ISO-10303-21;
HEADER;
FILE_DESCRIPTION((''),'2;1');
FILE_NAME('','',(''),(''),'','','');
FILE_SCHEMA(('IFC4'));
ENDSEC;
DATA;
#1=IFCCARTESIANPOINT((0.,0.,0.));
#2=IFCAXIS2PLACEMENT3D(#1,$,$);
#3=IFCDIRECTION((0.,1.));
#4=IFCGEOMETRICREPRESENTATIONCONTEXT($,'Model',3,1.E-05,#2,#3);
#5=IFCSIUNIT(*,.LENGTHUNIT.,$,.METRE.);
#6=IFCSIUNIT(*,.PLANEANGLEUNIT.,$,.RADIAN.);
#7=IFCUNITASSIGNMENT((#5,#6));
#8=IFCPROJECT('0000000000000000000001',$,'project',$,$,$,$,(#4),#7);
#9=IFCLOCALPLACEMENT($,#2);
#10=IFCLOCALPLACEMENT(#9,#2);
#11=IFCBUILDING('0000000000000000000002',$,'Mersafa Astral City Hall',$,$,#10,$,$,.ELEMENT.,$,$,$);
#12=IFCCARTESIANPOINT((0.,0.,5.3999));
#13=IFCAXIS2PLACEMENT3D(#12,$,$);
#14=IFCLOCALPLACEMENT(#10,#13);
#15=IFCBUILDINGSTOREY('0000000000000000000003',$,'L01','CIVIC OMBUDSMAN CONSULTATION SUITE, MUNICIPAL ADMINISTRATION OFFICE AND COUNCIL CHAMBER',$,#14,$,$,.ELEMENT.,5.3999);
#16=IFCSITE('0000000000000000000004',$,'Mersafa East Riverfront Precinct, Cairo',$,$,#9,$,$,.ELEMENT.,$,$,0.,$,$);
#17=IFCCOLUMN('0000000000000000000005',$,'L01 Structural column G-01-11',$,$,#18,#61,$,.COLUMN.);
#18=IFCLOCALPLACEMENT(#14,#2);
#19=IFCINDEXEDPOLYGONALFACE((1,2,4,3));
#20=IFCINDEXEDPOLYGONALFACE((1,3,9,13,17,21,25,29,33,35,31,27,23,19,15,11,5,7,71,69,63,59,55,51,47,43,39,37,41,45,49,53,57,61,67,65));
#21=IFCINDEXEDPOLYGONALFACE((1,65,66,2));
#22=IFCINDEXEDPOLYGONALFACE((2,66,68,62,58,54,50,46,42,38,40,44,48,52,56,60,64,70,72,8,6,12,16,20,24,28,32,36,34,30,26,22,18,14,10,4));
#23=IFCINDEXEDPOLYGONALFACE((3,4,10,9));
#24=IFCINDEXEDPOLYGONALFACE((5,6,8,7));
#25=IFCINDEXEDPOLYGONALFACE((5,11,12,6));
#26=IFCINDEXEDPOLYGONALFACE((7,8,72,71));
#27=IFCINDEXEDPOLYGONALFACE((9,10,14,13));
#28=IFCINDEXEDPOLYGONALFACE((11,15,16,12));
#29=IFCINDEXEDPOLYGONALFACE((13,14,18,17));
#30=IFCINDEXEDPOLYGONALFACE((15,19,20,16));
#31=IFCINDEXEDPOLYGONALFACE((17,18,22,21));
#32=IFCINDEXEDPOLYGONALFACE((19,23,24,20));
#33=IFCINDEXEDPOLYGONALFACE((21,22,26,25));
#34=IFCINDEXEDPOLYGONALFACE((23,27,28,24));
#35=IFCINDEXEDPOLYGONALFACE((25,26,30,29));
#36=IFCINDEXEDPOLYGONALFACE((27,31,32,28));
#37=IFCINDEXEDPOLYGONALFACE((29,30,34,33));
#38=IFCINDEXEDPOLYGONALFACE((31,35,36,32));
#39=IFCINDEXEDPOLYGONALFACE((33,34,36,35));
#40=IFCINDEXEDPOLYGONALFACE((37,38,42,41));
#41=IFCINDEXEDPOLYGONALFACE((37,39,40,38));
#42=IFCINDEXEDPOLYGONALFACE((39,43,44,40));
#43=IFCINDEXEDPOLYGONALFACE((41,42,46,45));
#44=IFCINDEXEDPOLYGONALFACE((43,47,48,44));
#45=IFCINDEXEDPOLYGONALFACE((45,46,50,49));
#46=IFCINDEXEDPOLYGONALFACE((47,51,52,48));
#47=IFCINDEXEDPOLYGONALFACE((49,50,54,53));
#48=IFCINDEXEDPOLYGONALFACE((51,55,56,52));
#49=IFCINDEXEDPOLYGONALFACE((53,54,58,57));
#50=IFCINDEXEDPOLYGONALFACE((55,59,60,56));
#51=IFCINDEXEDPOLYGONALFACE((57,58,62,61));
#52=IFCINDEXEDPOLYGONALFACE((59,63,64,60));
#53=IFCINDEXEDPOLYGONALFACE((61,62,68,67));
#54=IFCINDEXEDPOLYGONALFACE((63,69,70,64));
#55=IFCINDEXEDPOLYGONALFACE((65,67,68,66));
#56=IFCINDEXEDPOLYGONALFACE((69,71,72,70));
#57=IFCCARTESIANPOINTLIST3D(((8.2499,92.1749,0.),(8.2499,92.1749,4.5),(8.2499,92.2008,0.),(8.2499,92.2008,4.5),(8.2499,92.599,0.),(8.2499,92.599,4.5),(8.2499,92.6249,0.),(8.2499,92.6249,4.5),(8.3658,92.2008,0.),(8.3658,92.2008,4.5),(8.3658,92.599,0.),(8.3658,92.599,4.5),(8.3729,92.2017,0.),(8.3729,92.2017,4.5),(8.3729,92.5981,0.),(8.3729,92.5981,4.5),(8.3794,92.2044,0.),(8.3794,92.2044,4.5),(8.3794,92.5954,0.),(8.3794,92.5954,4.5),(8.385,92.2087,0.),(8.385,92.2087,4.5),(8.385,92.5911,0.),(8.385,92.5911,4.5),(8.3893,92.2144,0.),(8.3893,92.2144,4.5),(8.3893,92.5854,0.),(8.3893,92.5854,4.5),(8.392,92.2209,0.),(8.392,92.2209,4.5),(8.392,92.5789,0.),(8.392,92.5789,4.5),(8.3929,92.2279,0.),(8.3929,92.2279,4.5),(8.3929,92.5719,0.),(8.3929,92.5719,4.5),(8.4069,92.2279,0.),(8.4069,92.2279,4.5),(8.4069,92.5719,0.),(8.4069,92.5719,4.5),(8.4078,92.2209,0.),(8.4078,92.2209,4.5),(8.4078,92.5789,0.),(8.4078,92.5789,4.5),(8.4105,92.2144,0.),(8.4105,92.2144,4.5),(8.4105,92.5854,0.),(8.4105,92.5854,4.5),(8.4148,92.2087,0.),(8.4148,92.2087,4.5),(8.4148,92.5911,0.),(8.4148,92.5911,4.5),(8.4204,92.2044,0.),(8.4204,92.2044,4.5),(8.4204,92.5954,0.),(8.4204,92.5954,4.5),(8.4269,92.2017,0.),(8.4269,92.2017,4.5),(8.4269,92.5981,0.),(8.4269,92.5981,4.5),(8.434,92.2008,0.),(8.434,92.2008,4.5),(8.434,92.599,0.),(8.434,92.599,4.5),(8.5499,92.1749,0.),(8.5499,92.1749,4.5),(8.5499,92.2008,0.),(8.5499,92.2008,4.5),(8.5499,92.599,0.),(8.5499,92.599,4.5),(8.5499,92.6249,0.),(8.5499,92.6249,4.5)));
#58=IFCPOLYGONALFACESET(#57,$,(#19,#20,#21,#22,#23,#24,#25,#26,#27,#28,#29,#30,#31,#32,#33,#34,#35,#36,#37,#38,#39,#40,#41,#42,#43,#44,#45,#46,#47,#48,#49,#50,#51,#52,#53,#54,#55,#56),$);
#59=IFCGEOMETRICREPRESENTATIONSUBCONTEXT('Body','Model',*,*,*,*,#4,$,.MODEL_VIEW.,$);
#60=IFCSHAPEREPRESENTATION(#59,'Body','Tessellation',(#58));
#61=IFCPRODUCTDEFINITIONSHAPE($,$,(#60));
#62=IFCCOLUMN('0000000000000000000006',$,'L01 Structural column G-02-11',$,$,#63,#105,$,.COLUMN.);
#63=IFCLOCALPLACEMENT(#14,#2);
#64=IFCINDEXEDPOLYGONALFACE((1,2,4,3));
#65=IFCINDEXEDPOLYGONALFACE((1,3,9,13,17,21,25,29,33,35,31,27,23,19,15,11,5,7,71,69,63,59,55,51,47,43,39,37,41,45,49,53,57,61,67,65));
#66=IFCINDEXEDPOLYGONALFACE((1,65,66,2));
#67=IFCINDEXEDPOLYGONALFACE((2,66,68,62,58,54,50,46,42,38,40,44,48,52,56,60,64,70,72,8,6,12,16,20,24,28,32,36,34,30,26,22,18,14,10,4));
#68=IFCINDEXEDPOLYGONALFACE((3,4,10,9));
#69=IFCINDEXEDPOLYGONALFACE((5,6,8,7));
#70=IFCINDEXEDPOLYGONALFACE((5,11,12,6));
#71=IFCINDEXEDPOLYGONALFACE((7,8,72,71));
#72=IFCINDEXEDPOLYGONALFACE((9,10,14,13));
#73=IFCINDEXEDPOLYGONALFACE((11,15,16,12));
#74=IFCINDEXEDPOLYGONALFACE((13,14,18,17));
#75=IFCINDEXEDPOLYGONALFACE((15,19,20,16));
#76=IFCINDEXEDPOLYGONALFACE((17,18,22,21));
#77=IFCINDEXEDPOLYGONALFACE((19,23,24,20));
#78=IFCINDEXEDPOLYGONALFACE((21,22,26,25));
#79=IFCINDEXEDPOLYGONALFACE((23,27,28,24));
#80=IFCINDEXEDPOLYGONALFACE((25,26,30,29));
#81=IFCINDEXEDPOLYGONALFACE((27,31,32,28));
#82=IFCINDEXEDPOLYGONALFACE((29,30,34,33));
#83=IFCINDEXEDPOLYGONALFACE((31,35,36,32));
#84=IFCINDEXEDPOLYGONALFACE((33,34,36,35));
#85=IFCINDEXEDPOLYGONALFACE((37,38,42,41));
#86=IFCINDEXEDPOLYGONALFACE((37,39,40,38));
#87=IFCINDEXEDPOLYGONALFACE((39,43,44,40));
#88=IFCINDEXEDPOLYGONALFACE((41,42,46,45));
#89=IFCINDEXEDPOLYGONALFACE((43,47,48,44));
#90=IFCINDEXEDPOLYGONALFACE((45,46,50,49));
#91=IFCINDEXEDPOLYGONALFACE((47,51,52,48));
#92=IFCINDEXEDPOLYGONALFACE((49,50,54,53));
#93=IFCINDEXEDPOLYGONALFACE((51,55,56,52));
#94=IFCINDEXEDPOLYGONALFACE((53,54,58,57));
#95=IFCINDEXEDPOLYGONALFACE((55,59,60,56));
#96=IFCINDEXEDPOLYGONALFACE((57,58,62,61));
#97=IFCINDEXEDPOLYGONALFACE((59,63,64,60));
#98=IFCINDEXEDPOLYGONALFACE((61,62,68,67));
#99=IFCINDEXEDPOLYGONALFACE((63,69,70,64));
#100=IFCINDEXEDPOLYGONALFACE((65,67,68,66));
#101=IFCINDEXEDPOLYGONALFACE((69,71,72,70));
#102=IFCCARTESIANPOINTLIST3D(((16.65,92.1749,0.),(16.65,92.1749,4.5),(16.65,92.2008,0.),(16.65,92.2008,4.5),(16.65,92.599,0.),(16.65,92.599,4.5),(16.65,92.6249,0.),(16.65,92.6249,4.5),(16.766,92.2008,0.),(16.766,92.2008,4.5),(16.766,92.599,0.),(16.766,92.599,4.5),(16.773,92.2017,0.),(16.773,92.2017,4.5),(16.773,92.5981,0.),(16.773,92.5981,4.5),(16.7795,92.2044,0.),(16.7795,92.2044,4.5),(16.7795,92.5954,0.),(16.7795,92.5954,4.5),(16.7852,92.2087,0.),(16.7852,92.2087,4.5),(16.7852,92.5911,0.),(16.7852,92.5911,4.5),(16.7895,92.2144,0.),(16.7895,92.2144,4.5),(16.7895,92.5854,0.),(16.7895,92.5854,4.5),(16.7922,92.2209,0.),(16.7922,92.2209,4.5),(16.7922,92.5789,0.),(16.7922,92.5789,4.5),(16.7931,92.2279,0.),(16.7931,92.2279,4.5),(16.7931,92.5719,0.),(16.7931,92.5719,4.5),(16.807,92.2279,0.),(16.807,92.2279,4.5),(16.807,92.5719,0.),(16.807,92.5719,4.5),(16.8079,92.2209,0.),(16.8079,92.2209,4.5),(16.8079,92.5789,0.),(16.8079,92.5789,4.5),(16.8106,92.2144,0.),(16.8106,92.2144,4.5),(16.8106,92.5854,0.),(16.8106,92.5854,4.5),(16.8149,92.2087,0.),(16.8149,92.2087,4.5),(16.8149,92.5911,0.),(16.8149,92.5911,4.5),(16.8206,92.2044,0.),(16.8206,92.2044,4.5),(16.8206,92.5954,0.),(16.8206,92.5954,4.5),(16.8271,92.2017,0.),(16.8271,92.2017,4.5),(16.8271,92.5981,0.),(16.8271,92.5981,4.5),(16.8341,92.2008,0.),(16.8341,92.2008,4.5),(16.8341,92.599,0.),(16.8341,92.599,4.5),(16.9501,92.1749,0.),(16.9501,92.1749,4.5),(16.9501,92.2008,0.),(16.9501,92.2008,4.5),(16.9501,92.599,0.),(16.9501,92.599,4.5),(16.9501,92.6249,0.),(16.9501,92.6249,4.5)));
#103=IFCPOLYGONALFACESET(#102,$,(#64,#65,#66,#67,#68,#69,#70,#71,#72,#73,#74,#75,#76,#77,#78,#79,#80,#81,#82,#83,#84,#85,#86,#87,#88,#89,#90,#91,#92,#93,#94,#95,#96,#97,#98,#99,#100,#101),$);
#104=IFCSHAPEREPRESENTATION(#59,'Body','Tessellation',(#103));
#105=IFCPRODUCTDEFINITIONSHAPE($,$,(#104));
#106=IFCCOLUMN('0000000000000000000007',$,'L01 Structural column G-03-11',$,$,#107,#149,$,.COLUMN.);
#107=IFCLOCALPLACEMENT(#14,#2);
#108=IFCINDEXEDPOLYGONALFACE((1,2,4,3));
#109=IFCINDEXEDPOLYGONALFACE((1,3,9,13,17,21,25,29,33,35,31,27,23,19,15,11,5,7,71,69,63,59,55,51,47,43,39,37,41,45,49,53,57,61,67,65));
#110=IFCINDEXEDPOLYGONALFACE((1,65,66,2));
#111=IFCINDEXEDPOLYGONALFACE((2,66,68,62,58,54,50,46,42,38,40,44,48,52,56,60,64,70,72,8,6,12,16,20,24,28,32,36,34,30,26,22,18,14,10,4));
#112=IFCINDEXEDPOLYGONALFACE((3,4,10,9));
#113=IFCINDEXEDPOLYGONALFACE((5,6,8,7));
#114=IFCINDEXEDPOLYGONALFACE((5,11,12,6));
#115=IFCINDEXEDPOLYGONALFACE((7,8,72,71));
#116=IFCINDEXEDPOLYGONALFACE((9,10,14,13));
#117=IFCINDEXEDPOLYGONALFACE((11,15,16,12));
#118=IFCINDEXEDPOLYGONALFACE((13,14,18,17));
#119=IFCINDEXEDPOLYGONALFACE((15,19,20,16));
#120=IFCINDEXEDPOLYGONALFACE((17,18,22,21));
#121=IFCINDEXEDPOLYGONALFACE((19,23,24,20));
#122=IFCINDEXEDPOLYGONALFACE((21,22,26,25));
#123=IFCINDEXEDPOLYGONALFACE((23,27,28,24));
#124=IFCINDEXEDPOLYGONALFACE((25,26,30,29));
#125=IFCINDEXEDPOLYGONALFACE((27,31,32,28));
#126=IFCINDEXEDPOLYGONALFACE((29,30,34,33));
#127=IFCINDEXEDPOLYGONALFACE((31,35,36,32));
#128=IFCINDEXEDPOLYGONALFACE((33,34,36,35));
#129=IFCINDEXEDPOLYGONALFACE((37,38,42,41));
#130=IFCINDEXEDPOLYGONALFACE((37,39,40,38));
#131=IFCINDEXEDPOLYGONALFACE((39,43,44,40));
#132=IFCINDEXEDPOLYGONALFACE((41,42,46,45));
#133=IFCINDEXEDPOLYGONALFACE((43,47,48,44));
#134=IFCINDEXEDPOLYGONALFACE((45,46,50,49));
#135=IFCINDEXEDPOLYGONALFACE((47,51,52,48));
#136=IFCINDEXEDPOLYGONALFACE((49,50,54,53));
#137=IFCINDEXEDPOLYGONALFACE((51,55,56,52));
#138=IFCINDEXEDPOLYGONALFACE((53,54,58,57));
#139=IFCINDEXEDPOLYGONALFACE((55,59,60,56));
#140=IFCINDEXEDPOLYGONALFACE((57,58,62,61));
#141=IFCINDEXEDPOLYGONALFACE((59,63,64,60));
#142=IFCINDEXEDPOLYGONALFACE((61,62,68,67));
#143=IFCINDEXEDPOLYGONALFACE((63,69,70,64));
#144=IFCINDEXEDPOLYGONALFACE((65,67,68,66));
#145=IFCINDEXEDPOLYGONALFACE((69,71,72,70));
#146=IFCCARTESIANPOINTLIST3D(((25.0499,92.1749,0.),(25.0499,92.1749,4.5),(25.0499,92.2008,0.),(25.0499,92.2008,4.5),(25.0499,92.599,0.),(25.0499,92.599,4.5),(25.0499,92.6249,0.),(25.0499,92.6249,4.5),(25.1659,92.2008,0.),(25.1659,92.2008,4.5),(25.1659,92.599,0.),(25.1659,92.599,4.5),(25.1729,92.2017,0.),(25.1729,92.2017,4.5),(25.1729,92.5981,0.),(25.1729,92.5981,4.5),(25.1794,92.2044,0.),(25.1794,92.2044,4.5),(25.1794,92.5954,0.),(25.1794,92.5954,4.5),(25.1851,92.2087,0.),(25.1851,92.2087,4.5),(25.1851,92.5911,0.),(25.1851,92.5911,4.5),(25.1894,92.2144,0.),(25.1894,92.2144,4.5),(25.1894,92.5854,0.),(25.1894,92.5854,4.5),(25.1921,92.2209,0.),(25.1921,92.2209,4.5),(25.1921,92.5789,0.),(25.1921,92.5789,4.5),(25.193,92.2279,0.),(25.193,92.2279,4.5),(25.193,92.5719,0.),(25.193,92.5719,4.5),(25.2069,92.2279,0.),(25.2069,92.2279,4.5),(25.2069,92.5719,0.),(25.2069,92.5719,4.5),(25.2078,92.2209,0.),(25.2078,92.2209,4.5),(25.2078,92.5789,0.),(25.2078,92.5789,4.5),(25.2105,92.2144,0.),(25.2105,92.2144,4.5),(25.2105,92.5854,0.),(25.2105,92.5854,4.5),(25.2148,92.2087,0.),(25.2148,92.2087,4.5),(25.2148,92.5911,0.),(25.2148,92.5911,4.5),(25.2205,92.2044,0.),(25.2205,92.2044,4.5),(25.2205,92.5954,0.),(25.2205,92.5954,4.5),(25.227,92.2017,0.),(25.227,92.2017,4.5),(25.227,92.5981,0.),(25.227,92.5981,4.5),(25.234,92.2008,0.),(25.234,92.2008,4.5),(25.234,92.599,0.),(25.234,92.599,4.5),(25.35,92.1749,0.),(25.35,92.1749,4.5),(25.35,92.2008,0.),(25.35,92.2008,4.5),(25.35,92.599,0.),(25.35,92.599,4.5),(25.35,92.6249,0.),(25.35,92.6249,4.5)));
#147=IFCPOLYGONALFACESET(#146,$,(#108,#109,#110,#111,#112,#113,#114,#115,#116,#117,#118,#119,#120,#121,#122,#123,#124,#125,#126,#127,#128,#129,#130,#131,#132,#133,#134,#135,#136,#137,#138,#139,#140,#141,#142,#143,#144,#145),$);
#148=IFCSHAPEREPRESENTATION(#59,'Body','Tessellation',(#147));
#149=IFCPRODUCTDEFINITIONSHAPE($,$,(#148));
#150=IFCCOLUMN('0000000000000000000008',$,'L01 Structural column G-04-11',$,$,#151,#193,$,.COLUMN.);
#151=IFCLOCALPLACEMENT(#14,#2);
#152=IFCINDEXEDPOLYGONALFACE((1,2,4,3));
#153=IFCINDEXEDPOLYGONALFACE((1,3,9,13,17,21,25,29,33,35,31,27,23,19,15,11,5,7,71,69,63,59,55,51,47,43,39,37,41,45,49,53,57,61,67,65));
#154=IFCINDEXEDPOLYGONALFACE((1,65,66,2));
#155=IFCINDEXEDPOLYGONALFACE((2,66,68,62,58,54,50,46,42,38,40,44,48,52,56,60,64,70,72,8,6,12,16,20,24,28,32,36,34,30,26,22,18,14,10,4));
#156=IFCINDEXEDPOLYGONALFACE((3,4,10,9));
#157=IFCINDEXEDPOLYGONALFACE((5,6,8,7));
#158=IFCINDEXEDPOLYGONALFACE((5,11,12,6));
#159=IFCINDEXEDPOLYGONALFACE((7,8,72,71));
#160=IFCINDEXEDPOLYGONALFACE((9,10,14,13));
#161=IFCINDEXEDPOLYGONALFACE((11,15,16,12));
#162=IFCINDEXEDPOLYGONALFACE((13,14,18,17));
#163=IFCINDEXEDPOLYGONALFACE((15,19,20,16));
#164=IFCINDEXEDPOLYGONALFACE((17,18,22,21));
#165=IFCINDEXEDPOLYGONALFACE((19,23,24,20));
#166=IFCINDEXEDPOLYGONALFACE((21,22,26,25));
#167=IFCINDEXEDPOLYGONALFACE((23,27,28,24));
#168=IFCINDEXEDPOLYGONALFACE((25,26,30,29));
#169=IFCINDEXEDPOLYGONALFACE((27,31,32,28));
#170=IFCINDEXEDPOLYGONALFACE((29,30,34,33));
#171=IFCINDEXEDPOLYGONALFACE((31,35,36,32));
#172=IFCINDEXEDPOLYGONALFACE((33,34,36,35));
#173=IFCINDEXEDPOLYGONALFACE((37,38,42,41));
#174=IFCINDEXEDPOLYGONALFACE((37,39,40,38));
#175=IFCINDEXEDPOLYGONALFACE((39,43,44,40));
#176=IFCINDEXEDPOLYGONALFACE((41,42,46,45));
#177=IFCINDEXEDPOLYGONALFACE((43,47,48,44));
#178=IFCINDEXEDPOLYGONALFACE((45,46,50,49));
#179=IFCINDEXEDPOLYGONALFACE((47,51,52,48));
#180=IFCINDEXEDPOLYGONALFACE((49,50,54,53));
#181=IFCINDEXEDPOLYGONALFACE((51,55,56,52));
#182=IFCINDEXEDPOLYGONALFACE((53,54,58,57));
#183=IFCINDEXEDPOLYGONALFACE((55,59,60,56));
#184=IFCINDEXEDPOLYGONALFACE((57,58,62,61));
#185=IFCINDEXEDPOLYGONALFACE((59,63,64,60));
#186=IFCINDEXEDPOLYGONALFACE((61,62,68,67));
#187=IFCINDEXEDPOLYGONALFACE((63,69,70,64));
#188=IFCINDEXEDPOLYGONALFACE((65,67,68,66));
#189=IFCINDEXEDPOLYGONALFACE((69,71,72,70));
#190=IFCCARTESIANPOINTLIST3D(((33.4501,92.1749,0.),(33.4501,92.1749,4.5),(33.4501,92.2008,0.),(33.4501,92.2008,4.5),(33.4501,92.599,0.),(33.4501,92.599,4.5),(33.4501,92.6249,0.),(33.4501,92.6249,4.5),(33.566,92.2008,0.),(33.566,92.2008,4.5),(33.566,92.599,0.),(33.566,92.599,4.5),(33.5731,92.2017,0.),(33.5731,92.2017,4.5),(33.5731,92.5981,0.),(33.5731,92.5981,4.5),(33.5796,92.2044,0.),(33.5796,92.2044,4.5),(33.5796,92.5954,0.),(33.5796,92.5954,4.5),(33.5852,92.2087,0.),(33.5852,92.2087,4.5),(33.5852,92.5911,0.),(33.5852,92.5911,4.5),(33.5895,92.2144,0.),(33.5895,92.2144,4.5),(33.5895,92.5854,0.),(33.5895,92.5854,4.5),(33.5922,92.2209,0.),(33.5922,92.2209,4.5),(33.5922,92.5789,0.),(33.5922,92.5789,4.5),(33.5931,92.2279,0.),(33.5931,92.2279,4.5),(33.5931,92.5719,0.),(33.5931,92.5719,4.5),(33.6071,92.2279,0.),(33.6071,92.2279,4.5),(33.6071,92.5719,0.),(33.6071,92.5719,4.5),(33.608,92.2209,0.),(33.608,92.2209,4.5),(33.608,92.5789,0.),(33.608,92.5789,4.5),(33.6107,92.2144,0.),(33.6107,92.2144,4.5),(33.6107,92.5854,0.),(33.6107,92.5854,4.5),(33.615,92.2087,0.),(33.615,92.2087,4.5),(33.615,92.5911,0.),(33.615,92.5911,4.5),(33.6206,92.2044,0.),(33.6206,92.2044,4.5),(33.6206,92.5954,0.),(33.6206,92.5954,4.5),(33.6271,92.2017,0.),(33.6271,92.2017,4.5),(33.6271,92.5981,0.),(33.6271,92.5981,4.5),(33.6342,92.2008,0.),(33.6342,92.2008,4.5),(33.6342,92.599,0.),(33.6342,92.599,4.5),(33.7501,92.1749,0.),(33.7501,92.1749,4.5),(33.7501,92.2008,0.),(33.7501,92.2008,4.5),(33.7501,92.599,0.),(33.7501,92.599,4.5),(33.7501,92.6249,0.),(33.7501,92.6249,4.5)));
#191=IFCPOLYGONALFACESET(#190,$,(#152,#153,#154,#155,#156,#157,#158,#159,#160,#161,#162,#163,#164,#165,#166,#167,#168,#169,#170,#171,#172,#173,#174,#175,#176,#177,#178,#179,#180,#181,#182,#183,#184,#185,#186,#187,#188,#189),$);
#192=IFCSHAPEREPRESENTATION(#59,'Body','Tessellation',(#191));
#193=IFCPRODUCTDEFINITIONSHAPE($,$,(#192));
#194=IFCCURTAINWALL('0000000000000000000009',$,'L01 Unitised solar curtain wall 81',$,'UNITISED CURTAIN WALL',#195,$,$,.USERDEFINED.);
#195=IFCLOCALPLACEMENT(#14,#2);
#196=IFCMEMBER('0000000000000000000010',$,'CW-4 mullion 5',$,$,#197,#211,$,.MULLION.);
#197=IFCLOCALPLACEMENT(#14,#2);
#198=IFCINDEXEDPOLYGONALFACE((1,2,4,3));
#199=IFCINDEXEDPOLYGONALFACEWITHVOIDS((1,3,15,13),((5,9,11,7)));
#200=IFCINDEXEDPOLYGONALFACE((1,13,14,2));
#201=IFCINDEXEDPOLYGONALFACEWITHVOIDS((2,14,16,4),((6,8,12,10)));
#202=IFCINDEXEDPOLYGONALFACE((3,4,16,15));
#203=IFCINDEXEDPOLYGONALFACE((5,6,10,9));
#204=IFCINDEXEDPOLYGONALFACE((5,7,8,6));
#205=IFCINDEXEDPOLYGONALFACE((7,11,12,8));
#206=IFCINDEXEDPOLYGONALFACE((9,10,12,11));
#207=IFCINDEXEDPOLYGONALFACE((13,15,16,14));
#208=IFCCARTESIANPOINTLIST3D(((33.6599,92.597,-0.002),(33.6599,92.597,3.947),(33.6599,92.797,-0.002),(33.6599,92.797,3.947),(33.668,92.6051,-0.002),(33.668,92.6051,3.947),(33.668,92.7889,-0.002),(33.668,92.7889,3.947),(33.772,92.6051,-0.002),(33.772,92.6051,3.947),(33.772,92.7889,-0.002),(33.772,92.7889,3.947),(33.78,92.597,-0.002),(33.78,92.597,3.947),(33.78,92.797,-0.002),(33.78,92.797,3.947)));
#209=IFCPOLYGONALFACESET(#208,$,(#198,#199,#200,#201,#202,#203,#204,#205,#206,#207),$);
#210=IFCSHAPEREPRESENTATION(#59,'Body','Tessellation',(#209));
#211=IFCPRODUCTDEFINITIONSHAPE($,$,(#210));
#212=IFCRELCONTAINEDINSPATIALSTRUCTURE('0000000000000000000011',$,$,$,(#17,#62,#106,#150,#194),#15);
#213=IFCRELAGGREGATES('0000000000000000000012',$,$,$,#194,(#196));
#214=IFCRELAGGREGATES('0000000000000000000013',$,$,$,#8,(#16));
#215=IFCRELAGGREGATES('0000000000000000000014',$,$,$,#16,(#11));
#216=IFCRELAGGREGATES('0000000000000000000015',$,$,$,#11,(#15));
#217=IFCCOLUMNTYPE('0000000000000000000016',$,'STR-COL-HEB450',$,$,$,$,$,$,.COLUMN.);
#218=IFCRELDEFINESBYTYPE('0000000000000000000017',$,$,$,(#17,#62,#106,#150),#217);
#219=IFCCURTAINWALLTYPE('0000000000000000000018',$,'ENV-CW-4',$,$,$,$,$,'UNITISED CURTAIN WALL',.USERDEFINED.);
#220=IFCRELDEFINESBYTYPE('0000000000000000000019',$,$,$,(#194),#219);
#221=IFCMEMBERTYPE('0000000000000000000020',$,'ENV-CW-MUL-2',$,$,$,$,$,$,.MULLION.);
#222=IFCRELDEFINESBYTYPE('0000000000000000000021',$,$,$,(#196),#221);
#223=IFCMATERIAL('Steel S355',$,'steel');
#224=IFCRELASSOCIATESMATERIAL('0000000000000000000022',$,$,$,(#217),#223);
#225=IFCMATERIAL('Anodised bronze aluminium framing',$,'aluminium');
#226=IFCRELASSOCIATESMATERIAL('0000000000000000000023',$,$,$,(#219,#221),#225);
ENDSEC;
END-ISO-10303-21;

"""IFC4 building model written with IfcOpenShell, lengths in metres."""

from ifc_helpers import new_model, si_unit, direction, frame, origin, origin_2d, place, context, subcontext, project, spatial, hollow_rectangle, i_section, extrude, material, material_profile, profile_set, type_object, element, aggregate, save


model = new_model("IFC4")

# Units and contexts
model_context = context("Model", 3, precision=1e-05, world=origin(), true_north=direction((0.0, 1.0)))
body_context = subcontext(model_context, "Body", "Model", "MODEL_VIEW")
ifc_project = project(units=[si_unit("LENGTHUNIT", "METRE"), si_unit("PLANEANGLEUNIT", "RADIAN")], contexts=[model_context])

# Site, building, storey
site_placement = place(None, origin())
site = spatial("IfcSite", under=ifc_project, at=site_placement, Name="Mersafa East Riverfront Precinct, Cairo", CompositionType="ELEMENT", RefElevation=0.0)
building_placement = place(site_placement, origin())
building = spatial("IfcBuilding", under=site, at=building_placement, Name="Mersafa Astral City Hall", CompositionType="ELEMENT")
storey_placement = place(building_placement, frame((0.0, 0.0, 5.3999)))
storey = spatial("IfcBuildingStorey", under=building, at=storey_placement, Name="L01", Description="CIVIC OMBUDSMAN CONSULTATION SUITE, MUNICIPAL ADMINISTRATION OFFICE AND COUNCIL CHAMBER", CompositionType="ELEMENT", Elevation=5.3999)

# Columns
ifc_material_1 = material(Name="Steel S355", Category="steel")
ifc_material_profile_1 = material_profile(ifc_material_1, i_section(OverallWidth=0.3, OverallDepth=0.45, WebThickness=0.0139, FlangeThickness=0.0259, FilletRadius=0.0271, at=origin_2d()), Name="HEB 450")
ifc_profile_set_1 = profile_set([ifc_material_profile_1], Name="Steel S355")
column_type = type_object("IfcColumnType", Name="STR-COL-HEB450", PredefinedType="COLUMN", material=ifc_profile_set_1)
for number, where, z_axis, x_axis, name in (
    (1, (8.3999, 92.3999, 0.0), (0.0, 0.0, 1.0), (1.0, 0.0, 0.0), "L01 Structural column G-01-11"),
    (2, (16.8, 92.3999, 0.0), (0.0, 0.0, 1.0), (1.0, 0.0, 0.0), "L01 Structural column G-02-11"),
    (3, (25.2, 92.3999, 0.0), (0.0, 0.0, 1.0), (1.0, 0.0, 0.0), "L01 Structural column G-03-11"),
    (4, (33.6001, 92.3999, 0.0), (0.0, 0.0, 1.0), (1.0, 0.0, 0.0), "L01 Structural column G-04-11"),
):
    element("IfcColumn", number, at=place(storey_placement, frame(where, z_axis=z_axis, x_axis=x_axis)), inside=storey, type_object=column_type, Name=name, PredefinedType="COLUMN", context=body_context, shape_type="SweptSolid", body=[
        extrude(i_section(OverallWidth=0.3, OverallDepth=0.45, WebThickness=0.0139, FlangeThickness=0.0259, FilletRadius=0.0271, at=origin_2d()), origin(), (0.0, 0.0, 1.0), 4.5),
    ])

# Curtain wall, member
ifc_material_2 = material(Name="Anodised bronze aluminium framing", Category="aluminium")
curtain_wall_type_1 = type_object("IfcCurtainWallType", Name="ENV-CW-4", ElementType="UNITISED CURTAIN WALL", PredefinedType="USERDEFINED", material=ifc_material_2)
curtain_wall_1_placement = place(storey_placement, origin())
curtain_wall_1 = element("IfcCurtainWall", 5, at=curtain_wall_1_placement, inside=storey, type_object=curtain_wall_type_1, Name="L01 Unitised solar curtain wall 81", ObjectType="UNITISED CURTAIN WALL", PredefinedType="USERDEFINED")
ifc_material_profile_2 = material_profile(ifc_material_2, hollow_rectangle(XDim=0.1201, YDim=0.2, WallThickness=0.0081, at=origin_2d()), Name="RHS 120x200x8")
ifc_profile_set_2 = profile_set([ifc_material_profile_2], Name="Anodised bronze aluminium framing")
member_type_1 = type_object("IfcMemberType", Name="ENV-CW-MUL-2", PredefinedType="MULLION", material=ifc_profile_set_2)
member_1_placement = place(storey_placement, frame((33.72, 92.697, -0.002), z_axis=(0.0, 0.0, 1.0), x_axis=(1.0, 0.0, 0.0)))
member_1 = element("IfcMember", 6, at=member_1_placement, type_object=member_type_1, Name="CW-4 mullion 5", PredefinedType="MULLION", context=body_context, shape_type="SweptSolid", body=[
    extrude(hollow_rectangle(XDim=0.1201, YDim=0.2, WallThickness=0.0081, at=origin_2d()), origin(), (0.0, 0.0, 1.0), 3.949),
])
aggregate(curtain_wall_1, [member_1])

save(model, "model.ifc")
